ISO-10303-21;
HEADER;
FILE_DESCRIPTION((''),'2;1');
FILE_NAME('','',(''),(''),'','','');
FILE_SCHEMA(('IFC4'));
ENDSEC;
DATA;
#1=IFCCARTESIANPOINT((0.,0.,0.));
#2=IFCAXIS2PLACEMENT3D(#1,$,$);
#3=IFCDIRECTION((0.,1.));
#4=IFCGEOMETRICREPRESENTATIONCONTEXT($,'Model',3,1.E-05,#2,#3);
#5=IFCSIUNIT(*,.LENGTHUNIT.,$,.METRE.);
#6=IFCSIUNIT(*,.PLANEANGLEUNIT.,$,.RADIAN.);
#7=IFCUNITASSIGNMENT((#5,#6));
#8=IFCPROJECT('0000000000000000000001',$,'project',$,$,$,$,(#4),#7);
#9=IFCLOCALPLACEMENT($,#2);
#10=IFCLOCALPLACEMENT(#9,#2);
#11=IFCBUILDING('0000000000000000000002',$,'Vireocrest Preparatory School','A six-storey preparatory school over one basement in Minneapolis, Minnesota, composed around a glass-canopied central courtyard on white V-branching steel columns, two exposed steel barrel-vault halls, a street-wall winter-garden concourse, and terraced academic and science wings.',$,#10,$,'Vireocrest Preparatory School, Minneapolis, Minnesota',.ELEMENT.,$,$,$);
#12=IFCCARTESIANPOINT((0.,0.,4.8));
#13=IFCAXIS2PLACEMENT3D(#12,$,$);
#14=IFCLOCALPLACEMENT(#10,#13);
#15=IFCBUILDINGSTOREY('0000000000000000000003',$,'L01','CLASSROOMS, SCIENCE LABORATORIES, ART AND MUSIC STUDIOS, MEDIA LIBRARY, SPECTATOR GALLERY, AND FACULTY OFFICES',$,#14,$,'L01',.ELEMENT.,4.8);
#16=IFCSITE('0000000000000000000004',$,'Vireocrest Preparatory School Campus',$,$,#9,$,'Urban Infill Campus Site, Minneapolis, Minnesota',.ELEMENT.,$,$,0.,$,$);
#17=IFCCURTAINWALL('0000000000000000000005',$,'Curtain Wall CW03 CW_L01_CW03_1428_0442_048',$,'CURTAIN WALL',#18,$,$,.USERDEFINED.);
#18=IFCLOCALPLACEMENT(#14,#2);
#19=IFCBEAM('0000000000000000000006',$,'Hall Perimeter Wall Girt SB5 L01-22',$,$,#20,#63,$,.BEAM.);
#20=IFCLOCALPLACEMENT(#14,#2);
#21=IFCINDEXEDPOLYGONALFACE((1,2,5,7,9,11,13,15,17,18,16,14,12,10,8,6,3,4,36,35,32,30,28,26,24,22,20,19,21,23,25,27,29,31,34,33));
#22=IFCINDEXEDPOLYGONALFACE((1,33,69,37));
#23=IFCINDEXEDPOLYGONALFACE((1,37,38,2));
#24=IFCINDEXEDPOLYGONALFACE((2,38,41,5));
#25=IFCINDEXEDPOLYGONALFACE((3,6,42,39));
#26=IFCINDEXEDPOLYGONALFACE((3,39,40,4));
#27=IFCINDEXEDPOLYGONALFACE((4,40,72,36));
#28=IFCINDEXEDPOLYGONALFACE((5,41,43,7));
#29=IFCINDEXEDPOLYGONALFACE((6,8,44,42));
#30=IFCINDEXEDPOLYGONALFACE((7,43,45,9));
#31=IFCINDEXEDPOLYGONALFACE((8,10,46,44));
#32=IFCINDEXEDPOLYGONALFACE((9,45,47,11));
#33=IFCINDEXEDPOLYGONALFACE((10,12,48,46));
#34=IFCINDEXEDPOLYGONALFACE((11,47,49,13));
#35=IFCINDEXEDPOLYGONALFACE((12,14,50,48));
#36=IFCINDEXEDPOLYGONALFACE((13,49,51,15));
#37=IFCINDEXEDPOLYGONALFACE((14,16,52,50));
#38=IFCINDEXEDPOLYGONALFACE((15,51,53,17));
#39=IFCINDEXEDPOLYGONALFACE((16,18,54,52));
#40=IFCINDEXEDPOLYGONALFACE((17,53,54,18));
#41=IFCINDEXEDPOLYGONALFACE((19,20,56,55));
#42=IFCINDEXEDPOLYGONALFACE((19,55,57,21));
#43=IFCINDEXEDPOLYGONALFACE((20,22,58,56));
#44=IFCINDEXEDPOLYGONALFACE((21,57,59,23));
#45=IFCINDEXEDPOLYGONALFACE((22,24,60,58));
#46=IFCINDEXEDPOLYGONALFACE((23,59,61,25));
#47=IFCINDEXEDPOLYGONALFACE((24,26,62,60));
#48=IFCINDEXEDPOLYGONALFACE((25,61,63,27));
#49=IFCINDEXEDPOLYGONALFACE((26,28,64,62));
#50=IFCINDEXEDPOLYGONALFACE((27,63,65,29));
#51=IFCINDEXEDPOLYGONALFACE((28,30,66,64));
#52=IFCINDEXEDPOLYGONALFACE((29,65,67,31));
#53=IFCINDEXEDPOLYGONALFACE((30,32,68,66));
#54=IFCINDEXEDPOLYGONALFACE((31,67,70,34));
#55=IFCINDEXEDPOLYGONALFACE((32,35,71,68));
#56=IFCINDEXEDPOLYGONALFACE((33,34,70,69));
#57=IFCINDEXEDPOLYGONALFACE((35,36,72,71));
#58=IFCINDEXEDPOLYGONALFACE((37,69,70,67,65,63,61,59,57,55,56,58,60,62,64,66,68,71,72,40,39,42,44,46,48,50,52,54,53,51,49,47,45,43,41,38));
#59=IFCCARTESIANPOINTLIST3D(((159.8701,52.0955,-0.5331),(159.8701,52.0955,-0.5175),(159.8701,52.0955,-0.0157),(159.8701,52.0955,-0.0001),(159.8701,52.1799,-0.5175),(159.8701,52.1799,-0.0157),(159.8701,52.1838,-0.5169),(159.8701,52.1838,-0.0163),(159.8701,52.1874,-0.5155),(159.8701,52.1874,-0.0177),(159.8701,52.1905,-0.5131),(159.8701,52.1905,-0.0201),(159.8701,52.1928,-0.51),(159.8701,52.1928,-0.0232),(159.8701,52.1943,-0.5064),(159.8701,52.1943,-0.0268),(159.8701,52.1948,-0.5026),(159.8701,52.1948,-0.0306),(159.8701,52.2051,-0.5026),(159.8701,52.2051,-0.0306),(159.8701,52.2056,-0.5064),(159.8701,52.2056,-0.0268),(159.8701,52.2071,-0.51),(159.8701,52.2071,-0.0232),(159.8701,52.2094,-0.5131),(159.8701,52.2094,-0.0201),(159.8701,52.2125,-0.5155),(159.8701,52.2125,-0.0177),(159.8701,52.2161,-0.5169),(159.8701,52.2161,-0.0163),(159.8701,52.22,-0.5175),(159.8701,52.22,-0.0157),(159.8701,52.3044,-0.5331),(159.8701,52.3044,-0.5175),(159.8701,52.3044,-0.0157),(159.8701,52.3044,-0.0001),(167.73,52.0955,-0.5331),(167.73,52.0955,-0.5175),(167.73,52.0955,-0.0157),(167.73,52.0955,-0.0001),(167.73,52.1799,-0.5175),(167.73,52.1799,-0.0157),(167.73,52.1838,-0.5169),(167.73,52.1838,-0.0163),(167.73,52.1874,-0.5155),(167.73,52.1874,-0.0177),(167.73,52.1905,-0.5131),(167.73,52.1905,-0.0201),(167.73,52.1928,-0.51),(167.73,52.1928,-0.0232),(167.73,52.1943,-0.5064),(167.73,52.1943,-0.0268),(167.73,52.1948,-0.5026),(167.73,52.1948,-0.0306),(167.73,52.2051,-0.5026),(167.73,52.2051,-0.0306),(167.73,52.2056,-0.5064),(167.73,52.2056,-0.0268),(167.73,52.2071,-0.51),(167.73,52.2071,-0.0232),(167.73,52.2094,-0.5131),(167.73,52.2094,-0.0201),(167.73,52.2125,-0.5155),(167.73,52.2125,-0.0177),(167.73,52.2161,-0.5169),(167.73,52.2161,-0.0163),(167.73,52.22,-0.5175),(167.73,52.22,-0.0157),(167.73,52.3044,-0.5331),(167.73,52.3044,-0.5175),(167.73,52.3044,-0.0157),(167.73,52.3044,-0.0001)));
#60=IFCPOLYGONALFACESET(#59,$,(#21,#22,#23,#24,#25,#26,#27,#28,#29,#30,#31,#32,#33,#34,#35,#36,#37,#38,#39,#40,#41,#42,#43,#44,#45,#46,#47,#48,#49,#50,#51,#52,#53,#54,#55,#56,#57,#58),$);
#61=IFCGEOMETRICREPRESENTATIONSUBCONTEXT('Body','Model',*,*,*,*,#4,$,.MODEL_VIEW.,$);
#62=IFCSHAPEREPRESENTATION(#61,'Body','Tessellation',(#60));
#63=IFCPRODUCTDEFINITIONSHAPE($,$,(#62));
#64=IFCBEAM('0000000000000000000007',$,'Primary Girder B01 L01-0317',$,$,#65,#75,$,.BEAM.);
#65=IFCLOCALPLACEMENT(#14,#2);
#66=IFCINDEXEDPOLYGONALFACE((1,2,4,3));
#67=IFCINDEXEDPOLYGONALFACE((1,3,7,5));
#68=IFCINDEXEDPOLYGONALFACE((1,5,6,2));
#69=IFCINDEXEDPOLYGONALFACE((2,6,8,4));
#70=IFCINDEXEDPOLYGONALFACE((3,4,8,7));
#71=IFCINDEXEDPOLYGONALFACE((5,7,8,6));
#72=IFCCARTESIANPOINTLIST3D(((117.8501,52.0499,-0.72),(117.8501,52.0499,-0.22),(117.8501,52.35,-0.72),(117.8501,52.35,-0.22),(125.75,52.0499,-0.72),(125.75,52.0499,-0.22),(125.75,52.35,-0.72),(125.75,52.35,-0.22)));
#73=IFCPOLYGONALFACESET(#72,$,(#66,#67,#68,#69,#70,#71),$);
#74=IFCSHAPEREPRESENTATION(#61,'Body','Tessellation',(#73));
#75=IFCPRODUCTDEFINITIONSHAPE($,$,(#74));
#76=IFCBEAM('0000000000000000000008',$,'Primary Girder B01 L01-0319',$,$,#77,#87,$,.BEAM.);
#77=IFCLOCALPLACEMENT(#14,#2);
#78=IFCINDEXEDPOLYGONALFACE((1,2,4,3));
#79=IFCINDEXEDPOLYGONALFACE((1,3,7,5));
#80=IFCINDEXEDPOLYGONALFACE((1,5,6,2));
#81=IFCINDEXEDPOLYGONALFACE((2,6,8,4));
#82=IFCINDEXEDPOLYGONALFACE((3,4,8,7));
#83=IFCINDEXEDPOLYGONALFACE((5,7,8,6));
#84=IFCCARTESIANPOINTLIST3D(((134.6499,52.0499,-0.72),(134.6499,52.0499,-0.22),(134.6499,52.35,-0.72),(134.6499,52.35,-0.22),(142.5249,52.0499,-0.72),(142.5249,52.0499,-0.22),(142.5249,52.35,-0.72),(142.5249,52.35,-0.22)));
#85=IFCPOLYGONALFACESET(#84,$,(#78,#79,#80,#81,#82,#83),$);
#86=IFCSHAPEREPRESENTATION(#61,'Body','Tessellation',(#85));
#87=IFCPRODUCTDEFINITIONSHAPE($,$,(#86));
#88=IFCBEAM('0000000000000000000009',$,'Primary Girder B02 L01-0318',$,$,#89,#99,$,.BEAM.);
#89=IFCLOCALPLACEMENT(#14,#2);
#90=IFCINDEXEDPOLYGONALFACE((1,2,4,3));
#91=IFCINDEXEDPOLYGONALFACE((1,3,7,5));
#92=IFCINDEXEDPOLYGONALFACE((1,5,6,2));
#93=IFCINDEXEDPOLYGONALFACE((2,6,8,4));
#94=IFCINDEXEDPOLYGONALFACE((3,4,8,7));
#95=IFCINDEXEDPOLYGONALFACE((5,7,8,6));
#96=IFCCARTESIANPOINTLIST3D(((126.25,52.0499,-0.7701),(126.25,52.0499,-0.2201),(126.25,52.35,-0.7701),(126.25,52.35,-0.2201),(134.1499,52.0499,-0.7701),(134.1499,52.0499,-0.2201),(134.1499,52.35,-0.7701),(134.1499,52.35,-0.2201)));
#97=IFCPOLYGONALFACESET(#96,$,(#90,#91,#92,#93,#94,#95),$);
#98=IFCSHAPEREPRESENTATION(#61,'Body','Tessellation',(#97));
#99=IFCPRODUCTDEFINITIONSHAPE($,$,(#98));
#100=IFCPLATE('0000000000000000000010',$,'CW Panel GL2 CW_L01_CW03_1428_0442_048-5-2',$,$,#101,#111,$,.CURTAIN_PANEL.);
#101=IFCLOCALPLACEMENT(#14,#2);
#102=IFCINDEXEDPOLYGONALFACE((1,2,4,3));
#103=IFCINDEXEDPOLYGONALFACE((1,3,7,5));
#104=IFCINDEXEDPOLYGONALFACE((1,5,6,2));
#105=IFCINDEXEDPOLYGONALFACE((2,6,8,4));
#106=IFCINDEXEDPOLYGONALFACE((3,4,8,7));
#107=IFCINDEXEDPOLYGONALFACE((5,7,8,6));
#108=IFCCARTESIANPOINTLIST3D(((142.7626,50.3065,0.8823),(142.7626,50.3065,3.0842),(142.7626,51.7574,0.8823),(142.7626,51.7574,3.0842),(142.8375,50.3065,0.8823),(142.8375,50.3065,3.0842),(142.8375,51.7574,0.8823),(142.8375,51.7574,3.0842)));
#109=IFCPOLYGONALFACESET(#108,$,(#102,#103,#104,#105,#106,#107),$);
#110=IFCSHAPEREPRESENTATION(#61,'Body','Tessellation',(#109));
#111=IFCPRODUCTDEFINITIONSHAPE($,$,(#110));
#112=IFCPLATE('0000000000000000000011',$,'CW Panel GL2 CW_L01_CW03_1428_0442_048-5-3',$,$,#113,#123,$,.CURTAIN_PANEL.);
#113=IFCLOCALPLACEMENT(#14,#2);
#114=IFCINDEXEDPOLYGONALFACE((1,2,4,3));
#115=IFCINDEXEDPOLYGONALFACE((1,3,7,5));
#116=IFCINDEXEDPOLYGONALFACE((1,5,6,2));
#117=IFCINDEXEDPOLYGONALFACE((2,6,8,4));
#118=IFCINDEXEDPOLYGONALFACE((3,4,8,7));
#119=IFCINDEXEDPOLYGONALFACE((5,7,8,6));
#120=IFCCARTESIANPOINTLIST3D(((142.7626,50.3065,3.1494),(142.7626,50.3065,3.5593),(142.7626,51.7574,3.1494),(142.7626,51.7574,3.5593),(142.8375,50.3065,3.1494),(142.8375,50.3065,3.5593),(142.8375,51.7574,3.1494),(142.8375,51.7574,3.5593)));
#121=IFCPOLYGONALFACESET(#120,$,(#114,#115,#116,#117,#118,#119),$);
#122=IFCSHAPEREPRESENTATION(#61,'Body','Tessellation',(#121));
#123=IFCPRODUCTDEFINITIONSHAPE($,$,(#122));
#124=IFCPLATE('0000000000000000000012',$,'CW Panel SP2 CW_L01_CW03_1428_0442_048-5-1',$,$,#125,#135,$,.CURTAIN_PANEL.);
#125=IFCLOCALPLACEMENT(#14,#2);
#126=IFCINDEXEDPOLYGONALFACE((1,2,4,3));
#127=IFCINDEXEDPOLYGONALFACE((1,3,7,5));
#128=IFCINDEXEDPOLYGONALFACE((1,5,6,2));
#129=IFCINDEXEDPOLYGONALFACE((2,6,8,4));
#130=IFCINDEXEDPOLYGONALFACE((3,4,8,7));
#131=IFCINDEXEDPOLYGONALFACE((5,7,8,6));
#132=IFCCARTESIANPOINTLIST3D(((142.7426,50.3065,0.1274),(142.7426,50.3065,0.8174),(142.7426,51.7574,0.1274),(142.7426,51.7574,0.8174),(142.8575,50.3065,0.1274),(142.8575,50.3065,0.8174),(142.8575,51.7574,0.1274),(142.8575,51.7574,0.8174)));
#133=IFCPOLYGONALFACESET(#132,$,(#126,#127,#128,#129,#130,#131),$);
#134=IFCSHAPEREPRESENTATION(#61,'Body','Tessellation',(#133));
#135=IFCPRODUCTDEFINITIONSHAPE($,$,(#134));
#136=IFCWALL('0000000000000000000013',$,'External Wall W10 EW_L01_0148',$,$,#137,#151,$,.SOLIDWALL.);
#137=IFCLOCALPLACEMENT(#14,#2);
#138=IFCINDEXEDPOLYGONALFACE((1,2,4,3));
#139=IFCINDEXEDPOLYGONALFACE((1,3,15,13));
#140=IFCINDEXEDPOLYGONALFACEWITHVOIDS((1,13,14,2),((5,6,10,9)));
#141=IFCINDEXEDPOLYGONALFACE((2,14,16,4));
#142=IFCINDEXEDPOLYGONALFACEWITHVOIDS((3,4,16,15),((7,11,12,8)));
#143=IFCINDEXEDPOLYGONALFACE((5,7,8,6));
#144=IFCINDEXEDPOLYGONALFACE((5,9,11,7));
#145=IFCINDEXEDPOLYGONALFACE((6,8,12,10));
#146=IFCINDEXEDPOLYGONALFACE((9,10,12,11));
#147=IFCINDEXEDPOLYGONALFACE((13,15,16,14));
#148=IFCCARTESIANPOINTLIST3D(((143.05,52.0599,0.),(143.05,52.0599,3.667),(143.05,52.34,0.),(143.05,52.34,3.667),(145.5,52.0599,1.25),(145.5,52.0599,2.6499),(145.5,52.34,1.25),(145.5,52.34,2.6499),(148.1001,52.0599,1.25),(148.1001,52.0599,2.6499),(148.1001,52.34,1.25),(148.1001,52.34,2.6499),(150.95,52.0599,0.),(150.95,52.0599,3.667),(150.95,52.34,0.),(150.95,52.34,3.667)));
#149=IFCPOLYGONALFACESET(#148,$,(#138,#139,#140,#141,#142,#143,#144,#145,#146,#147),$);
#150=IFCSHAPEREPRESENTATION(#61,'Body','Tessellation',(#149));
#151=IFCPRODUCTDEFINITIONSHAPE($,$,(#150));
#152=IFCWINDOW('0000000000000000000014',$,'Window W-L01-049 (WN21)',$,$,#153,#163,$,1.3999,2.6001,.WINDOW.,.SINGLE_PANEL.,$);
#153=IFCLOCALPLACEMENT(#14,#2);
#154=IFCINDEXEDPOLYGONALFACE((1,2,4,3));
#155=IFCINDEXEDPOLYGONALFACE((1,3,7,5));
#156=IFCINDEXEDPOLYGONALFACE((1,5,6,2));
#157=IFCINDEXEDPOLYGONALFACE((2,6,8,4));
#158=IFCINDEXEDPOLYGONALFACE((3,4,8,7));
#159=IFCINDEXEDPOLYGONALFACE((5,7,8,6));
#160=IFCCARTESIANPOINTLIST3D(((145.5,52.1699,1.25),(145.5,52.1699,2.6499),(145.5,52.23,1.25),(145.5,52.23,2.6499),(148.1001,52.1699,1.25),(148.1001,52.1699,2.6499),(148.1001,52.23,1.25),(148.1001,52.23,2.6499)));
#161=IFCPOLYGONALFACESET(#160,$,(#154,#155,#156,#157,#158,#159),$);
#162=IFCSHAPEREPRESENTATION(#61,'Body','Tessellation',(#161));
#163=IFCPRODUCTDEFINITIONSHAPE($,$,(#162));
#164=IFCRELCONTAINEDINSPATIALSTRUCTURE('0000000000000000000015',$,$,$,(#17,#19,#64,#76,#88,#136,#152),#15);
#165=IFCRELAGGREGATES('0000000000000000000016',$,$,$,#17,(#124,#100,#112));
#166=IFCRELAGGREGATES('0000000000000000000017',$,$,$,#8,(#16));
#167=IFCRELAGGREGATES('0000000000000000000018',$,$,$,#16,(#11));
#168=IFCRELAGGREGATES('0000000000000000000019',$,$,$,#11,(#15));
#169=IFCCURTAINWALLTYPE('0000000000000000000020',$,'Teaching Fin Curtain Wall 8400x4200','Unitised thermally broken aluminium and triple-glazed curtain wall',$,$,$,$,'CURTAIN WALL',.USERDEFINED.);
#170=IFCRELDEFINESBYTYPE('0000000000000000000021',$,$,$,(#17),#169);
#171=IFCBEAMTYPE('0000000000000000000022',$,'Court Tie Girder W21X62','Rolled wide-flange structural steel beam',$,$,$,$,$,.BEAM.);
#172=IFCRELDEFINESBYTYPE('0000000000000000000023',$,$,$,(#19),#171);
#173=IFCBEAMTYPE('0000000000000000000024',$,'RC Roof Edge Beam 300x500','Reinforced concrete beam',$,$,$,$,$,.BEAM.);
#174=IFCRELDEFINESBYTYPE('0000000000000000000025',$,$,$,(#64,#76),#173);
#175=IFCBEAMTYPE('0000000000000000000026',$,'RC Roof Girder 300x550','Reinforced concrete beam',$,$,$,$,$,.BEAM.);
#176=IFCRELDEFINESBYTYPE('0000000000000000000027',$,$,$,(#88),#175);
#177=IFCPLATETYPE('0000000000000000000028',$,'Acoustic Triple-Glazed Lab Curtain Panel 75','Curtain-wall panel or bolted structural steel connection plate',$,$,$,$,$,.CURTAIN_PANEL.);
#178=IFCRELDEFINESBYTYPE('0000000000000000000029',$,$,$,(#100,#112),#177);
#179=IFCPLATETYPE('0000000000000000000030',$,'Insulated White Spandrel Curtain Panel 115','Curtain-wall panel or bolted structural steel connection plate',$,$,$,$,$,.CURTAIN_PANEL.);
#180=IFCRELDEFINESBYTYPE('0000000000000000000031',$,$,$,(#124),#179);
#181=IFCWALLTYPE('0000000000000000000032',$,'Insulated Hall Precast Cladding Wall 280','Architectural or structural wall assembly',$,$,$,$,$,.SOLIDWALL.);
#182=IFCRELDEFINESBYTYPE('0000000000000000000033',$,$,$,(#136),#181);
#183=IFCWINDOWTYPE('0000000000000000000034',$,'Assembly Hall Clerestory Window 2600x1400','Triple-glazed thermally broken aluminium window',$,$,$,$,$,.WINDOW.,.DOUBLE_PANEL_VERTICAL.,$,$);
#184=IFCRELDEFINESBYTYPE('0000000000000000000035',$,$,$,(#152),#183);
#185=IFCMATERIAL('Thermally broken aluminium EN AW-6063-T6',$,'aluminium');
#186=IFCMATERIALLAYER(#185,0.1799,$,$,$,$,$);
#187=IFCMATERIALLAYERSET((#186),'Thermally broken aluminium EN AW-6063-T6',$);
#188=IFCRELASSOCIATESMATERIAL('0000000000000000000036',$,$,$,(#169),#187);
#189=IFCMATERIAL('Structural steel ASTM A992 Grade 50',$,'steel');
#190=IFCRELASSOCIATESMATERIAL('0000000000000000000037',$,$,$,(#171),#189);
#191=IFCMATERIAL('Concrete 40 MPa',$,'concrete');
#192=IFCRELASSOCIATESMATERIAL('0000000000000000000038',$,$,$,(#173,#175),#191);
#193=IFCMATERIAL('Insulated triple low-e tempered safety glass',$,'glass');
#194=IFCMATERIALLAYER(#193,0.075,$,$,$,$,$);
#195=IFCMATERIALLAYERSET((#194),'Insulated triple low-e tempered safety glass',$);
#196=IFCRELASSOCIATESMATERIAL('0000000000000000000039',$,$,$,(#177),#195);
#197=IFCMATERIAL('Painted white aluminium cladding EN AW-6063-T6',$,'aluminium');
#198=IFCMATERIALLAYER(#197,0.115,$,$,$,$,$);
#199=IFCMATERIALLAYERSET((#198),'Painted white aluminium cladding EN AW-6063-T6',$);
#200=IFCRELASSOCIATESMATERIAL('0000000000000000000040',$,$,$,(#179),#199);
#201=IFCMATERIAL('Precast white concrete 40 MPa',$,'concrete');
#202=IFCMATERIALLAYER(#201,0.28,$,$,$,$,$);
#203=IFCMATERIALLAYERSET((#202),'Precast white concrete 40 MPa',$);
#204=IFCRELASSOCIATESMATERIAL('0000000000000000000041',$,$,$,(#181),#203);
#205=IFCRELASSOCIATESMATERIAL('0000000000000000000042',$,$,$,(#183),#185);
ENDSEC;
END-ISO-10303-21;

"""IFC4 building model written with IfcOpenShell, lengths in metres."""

from ifc_helpers import new_model, si_unit, direction, frame, frame_2d, origin, origin_2d, place, context, subcontext, project, spatial, rectangle, i_section, extrude, material, layer, layer_set, material_profile, profile_set, type_object, element, fill, aggregate, save


model = new_model("IFC4")

# Units and contexts
model_context = context("Model", 3, precision=1e-05, world=origin(), true_north=direction((0.0, 1.0)))
body_context = subcontext(model_context, "Body", "Model", "MODEL_VIEW")
ifc_project = project(units=[si_unit("LENGTHUNIT", "METRE"), si_unit("PLANEANGLEUNIT", "RADIAN")], contexts=[model_context])

# Site, building, storey
site_placement = place(None, origin())
site = spatial("IfcSite", under=ifc_project, at=site_placement, Name="Vireocrest Preparatory School Campus", LongName="Urban Infill Campus Site, Minneapolis, Minnesota", CompositionType="ELEMENT", RefElevation=0.0)
building_placement = place(site_placement, origin())
building = spatial("IfcBuilding", under=site, at=building_placement, Name="Vireocrest Preparatory School", Description="A six-storey preparatory school over one basement in Minneapolis, Minnesota, composed around a glass-canopied central courtyard on white V-branching steel columns, two exposed steel barrel-vault halls, a street-wall winter-garden concourse, and terraced academic and science wings.", LongName="Vireocrest Preparatory School, Minneapolis, Minnesota", CompositionType="ELEMENT")
storey_placement = place(building_placement, frame((0.0, 0.0, 4.8)))
storey = spatial("IfcBuildingStorey", under=building, at=storey_placement, Name="L01", Description="CLASSROOMS, SCIENCE LABORATORIES, ART AND MUSIC STUDIOS, MEDIA LIBRARY, SPECTATOR GALLERY, AND FACULTY OFFICES", LongName="L01", CompositionType="ELEMENT", Elevation=4.8)

# Curtain wall
ifc_material_1 = material(Name="Thermally broken aluminium EN AW-6063-T6", Category="aluminium")
ifc_layer_1 = layer(ifc_material_1, 0.1799)
ifc_layer_set_1 = layer_set([ifc_layer_1], Name="Thermally broken aluminium EN AW-6063-T6")
curtain_wall_type = type_object("IfcCurtainWallType", Name="Teaching Fin Curtain Wall 8400x4200", Description="Unitised thermally broken aluminium and triple-glazed curtain wall", ElementType="CURTAIN WALL", PredefinedType="USERDEFINED", material=ifc_layer_set_1)
curtain_wall_placement = place(storey_placement, origin())
curtain_wall = element("IfcCurtainWall", 1, at=curtain_wall_placement, inside=storey, type_object=curtain_wall_type, Name="Curtain Wall CW03 CW_L01_CW03_1428_0442_048", ObjectType="CURTAIN WALL", PredefinedType="USERDEFINED")

# Beams
ifc_material_2 = material(Name="Structural steel ASTM A992 Grade 50", Category="steel")
ifc_material_profile_1 = material_profile(ifc_material_2, i_section(OverallWidth=0.209, OverallDepth=0.533, WebThickness=0.0103, FlangeThickness=0.0156, FilletRadius=0.0149, at=origin_2d()), Name="W21X62")
ifc_profile_set_1 = profile_set([ifc_material_profile_1], Name="Structural steel ASTM A992 Grade 50")
beam_type_1 = type_object("IfcBeamType", Name="Court Tie Girder W21X62", Description="Rolled wide-flange structural steel beam", PredefinedType="BEAM", material=ifc_profile_set_1)
beam_1_placement = place(storey_placement, frame((159.8701, 52.2, -0.2666), z_axis=(1.0, 0.0, 0.0), x_axis=(0.0, 1.0, 0.0)))
element("IfcBeam", 2, at=beam_1_placement, inside=storey, type_object=beam_type_1, Name="Hall Perimeter Wall Girt SB5 L01-22", PredefinedType="BEAM", context=body_context, shape_type="SweptSolid", body=[
    extrude(i_section(OverallWidth=0.209, OverallDepth=0.533, WebThickness=0.0103, FlangeThickness=0.0156, FilletRadius=0.0149, at=origin_2d()), origin(), (0.0, 0.0, 1.0), 7.8599),
])
ifc_material_3 = material(Name="Concrete 40 MPa", Category="concrete")
ifc_material_profile_2 = material_profile(ifc_material_3, rectangle(XDim=0.3, YDim=0.5, at=origin_2d()), Name="RC 300x500")
ifc_profile_set_2 = profile_set([ifc_material_profile_2], Name="Concrete 40 MPa")
beam_type_2 = type_object("IfcBeamType", Name="RC Roof Edge Beam 300x500", Description="Reinforced concrete beam", PredefinedType="BEAM", material=ifc_profile_set_2)
beam_2_placement = place(storey_placement, frame((117.8501, 52.2, -0.47), z_axis=(1.0, 0.0, 0.0), x_axis=(0.0, 1.0, 0.0)))
element("IfcBeam", 3, at=beam_2_placement, inside=storey, type_object=beam_type_2, Name="Primary Girder B01 L01-0317", PredefinedType="BEAM", context=body_context, shape_type="SweptSolid", body=[
    extrude(rectangle(XDim=0.3, YDim=0.5, at=origin_2d()), origin(), (0.0, 0.0, 1.0), 7.8999),
])
beam_3_placement = place(storey_placement, frame((134.6499, 52.2, -0.47), z_axis=(1.0, 0.0, 0.0), x_axis=(0.0, 1.0, 0.0)))
element("IfcBeam", 4, at=beam_3_placement, inside=storey, type_object=beam_type_2, Name="Primary Girder B01 L01-0319", PredefinedType="BEAM", context=body_context, shape_type="SweptSolid", body=[
    extrude(rectangle(XDim=0.3, YDim=0.5, at=origin_2d()), origin(), (0.0, 0.0, 1.0), 7.875),
])
ifc_material_profile_3 = material_profile(ifc_material_3, rectangle(XDim=0.3, YDim=0.55, at=origin_2d()), Name="RC 300x550")
ifc_profile_set_3 = profile_set([ifc_material_profile_3], Name="Concrete 40 MPa")
beam_type_3 = type_object("IfcBeamType", Name="RC Roof Girder 300x550", Description="Reinforced concrete beam", PredefinedType="BEAM", material=ifc_profile_set_3)
beam_4_placement = place(storey_placement, frame((126.25, 52.2, -0.4951), z_axis=(1.0, 0.0, 0.0), x_axis=(0.0, 1.0, 0.0)))
element("IfcBeam", 5, at=beam_4_placement, inside=storey, type_object=beam_type_3, Name="Primary Girder B02 L01-0318", PredefinedType="BEAM", context=body_context, shape_type="SweptSolid", body=[
    extrude(rectangle(XDim=0.3, YDim=0.55, at=origin_2d()), origin(), (0.0, 0.0, 1.0), 7.8999),
])

# Plates
ifc_material_4 = material(Name="Insulated triple low-e tempered safety glass", Category="glass")
ifc_layer_2 = layer(ifc_material_4, 0.075)
ifc_layer_set_2 = layer_set([ifc_layer_2], Name="Insulated triple low-e tempered safety glass")
plate_type_1 = type_object("IfcPlateType", Name="Acoustic Triple-Glazed Lab Curtain Panel 75", Description="Curtain-wall panel or bolted structural steel connection plate", PredefinedType="CURTAIN_PANEL", material=ifc_layer_set_2)
plate_1_placement = place(storey_placement, frame((142.8, 51.032, 0.8823), z_axis=(0.0, 0.0, 1.0), x_axis=(0.0, 1.0, 0.0)))
plate_1 = element("IfcPlate", 6, at=plate_1_placement, type_object=plate_type_1, Name="CW Panel GL2 CW_L01_CW03_1428_0442_048-5-2", PredefinedType="CURTAIN_PANEL", context=body_context, shape_type="SweptSolid", body=[
    extrude(rectangle(XDim=1.4509, YDim=0.075, at=origin_2d()), origin(), (0.0, 0.0, 1.0), 2.2019),
])
plate_2_placement = place(storey_placement, frame((142.8, 51.032, 3.1494), z_axis=(0.0, 0.0, 1.0), x_axis=(0.0, 1.0, 0.0)))
plate_2 = element("IfcPlate", 7, at=plate_2_placement, type_object=plate_type_1, Name="CW Panel GL2 CW_L01_CW03_1428_0442_048-5-3", PredefinedType="CURTAIN_PANEL", context=body_context, shape_type="SweptSolid", body=[
    extrude(rectangle(XDim=1.4509, YDim=0.075, at=origin_2d()), origin(), (0.0, 0.0, 1.0), 0.4099),
])
ifc_material_5 = material(Name="Painted white aluminium cladding EN AW-6063-T6", Category="aluminium")
ifc_layer_3 = layer(ifc_material_5, 0.115)
ifc_layer_set_3 = layer_set([ifc_layer_3], Name="Painted white aluminium cladding EN AW-6063-T6")
plate_type_2 = type_object("IfcPlateType", Name="Insulated White Spandrel Curtain Panel 115", Description="Curtain-wall panel or bolted structural steel connection plate", PredefinedType="CURTAIN_PANEL", material=ifc_layer_set_3)
plate_3_placement = place(storey_placement, frame((142.8, 51.032, 0.1274), z_axis=(0.0, 0.0, 1.0), x_axis=(0.0, 1.0, 0.0)))
plate_3 = element("IfcPlate", 8, at=plate_3_placement, type_object=plate_type_2, Name="CW Panel SP2 CW_L01_CW03_1428_0442_048-5-1", PredefinedType="CURTAIN_PANEL", context=body_context, shape_type="SweptSolid", body=[
    extrude(rectangle(XDim=1.4509, YDim=0.115, at=origin_2d()), origin(), (0.0, 0.0, 1.0), 0.6899),
])
aggregate(curtain_wall, [plate_3, plate_1, plate_2])

# Wall, opening, window
ifc_material_6 = material(Name="Precast white concrete 40 MPa", Category="concrete")
ifc_layer_4 = layer(ifc_material_6, 0.28)
ifc_layer_set_4 = layer_set([ifc_layer_4], Name="Precast white concrete 40 MPa")
wall_type = type_object("IfcWallType", Name="Insulated Hall Precast Cladding Wall 280", Description="Architectural or structural wall assembly", PredefinedType="SOLIDWALL", material=ifc_layer_set_4)
wall_1_placement = place(storey_placement, frame((143.05, 52.2, 0.0), z_axis=(0.0, 0.0, 1.0), x_axis=(1.0, 0.0, 0.0)))
wall_1 = element("IfcWall", 9, at=wall_1_placement, inside=storey, type_object=wall_type, Name="External Wall W10 EW_L01_0148", PredefinedType="SOLIDWALL", context=body_context, shape_type="SweptSolid", body=[
    extrude(rectangle(XDim=7.8999, YDim=0.28, at=frame_2d((3.95, 0.0))), origin(), (0.0, 0.0, 1.0), 3.667),
])
opening_1_placement = place(wall_1_placement, frame((2.45, 0.0, 1.25)))
opening_1 = element("IfcOpeningElement", 10, at=opening_1_placement, cuts=wall_1, PredefinedType="OPENING", context=body_context, shape_type="SweptSolid", body=[
    extrude(rectangle(XDim=2.6001, YDim=1.3999, at=frame_2d((1.3, 0.7))), frame((0.0, 0.1499, 0.0), z_axis=(0.0, -1.0, 0.0), x_axis=(1.0, 0.0, 0.0)), (0.0, 0.0, 1.0), 0.3),
])
window_type = type_object("IfcWindowType", Name="Assembly Hall Clerestory Window 2600x1400", Description="Triple-glazed thermally broken aluminium window", PartitioningType="DOUBLE_PANEL_VERTICAL", PredefinedType="WINDOW", material=ifc_material_1)
window_1_placement = place(opening_1_placement, origin())
window_1 = element("IfcWindow", 11, at=window_1_placement, inside=storey, type_object=window_type, Name="Window W-L01-049 (WN21)", OverallHeight=1.3999, OverallWidth=2.6001, PartitioningType="SINGLE_PANEL", PredefinedType="WINDOW", context=body_context, shape_type="SweptSolid", body=[
    extrude(rectangle(XDim=2.6001, YDim=1.3999, at=frame_2d((1.3, 0.7))), frame((0.0, 0.03, 0.0), z_axis=(0.0, -1.0, 0.0), x_axis=(1.0, 0.0, 0.0)), (0.0, 0.0, 1.0), 0.0601),
])
fill(opening_1, window_1)

save(model, "model.ifc")
